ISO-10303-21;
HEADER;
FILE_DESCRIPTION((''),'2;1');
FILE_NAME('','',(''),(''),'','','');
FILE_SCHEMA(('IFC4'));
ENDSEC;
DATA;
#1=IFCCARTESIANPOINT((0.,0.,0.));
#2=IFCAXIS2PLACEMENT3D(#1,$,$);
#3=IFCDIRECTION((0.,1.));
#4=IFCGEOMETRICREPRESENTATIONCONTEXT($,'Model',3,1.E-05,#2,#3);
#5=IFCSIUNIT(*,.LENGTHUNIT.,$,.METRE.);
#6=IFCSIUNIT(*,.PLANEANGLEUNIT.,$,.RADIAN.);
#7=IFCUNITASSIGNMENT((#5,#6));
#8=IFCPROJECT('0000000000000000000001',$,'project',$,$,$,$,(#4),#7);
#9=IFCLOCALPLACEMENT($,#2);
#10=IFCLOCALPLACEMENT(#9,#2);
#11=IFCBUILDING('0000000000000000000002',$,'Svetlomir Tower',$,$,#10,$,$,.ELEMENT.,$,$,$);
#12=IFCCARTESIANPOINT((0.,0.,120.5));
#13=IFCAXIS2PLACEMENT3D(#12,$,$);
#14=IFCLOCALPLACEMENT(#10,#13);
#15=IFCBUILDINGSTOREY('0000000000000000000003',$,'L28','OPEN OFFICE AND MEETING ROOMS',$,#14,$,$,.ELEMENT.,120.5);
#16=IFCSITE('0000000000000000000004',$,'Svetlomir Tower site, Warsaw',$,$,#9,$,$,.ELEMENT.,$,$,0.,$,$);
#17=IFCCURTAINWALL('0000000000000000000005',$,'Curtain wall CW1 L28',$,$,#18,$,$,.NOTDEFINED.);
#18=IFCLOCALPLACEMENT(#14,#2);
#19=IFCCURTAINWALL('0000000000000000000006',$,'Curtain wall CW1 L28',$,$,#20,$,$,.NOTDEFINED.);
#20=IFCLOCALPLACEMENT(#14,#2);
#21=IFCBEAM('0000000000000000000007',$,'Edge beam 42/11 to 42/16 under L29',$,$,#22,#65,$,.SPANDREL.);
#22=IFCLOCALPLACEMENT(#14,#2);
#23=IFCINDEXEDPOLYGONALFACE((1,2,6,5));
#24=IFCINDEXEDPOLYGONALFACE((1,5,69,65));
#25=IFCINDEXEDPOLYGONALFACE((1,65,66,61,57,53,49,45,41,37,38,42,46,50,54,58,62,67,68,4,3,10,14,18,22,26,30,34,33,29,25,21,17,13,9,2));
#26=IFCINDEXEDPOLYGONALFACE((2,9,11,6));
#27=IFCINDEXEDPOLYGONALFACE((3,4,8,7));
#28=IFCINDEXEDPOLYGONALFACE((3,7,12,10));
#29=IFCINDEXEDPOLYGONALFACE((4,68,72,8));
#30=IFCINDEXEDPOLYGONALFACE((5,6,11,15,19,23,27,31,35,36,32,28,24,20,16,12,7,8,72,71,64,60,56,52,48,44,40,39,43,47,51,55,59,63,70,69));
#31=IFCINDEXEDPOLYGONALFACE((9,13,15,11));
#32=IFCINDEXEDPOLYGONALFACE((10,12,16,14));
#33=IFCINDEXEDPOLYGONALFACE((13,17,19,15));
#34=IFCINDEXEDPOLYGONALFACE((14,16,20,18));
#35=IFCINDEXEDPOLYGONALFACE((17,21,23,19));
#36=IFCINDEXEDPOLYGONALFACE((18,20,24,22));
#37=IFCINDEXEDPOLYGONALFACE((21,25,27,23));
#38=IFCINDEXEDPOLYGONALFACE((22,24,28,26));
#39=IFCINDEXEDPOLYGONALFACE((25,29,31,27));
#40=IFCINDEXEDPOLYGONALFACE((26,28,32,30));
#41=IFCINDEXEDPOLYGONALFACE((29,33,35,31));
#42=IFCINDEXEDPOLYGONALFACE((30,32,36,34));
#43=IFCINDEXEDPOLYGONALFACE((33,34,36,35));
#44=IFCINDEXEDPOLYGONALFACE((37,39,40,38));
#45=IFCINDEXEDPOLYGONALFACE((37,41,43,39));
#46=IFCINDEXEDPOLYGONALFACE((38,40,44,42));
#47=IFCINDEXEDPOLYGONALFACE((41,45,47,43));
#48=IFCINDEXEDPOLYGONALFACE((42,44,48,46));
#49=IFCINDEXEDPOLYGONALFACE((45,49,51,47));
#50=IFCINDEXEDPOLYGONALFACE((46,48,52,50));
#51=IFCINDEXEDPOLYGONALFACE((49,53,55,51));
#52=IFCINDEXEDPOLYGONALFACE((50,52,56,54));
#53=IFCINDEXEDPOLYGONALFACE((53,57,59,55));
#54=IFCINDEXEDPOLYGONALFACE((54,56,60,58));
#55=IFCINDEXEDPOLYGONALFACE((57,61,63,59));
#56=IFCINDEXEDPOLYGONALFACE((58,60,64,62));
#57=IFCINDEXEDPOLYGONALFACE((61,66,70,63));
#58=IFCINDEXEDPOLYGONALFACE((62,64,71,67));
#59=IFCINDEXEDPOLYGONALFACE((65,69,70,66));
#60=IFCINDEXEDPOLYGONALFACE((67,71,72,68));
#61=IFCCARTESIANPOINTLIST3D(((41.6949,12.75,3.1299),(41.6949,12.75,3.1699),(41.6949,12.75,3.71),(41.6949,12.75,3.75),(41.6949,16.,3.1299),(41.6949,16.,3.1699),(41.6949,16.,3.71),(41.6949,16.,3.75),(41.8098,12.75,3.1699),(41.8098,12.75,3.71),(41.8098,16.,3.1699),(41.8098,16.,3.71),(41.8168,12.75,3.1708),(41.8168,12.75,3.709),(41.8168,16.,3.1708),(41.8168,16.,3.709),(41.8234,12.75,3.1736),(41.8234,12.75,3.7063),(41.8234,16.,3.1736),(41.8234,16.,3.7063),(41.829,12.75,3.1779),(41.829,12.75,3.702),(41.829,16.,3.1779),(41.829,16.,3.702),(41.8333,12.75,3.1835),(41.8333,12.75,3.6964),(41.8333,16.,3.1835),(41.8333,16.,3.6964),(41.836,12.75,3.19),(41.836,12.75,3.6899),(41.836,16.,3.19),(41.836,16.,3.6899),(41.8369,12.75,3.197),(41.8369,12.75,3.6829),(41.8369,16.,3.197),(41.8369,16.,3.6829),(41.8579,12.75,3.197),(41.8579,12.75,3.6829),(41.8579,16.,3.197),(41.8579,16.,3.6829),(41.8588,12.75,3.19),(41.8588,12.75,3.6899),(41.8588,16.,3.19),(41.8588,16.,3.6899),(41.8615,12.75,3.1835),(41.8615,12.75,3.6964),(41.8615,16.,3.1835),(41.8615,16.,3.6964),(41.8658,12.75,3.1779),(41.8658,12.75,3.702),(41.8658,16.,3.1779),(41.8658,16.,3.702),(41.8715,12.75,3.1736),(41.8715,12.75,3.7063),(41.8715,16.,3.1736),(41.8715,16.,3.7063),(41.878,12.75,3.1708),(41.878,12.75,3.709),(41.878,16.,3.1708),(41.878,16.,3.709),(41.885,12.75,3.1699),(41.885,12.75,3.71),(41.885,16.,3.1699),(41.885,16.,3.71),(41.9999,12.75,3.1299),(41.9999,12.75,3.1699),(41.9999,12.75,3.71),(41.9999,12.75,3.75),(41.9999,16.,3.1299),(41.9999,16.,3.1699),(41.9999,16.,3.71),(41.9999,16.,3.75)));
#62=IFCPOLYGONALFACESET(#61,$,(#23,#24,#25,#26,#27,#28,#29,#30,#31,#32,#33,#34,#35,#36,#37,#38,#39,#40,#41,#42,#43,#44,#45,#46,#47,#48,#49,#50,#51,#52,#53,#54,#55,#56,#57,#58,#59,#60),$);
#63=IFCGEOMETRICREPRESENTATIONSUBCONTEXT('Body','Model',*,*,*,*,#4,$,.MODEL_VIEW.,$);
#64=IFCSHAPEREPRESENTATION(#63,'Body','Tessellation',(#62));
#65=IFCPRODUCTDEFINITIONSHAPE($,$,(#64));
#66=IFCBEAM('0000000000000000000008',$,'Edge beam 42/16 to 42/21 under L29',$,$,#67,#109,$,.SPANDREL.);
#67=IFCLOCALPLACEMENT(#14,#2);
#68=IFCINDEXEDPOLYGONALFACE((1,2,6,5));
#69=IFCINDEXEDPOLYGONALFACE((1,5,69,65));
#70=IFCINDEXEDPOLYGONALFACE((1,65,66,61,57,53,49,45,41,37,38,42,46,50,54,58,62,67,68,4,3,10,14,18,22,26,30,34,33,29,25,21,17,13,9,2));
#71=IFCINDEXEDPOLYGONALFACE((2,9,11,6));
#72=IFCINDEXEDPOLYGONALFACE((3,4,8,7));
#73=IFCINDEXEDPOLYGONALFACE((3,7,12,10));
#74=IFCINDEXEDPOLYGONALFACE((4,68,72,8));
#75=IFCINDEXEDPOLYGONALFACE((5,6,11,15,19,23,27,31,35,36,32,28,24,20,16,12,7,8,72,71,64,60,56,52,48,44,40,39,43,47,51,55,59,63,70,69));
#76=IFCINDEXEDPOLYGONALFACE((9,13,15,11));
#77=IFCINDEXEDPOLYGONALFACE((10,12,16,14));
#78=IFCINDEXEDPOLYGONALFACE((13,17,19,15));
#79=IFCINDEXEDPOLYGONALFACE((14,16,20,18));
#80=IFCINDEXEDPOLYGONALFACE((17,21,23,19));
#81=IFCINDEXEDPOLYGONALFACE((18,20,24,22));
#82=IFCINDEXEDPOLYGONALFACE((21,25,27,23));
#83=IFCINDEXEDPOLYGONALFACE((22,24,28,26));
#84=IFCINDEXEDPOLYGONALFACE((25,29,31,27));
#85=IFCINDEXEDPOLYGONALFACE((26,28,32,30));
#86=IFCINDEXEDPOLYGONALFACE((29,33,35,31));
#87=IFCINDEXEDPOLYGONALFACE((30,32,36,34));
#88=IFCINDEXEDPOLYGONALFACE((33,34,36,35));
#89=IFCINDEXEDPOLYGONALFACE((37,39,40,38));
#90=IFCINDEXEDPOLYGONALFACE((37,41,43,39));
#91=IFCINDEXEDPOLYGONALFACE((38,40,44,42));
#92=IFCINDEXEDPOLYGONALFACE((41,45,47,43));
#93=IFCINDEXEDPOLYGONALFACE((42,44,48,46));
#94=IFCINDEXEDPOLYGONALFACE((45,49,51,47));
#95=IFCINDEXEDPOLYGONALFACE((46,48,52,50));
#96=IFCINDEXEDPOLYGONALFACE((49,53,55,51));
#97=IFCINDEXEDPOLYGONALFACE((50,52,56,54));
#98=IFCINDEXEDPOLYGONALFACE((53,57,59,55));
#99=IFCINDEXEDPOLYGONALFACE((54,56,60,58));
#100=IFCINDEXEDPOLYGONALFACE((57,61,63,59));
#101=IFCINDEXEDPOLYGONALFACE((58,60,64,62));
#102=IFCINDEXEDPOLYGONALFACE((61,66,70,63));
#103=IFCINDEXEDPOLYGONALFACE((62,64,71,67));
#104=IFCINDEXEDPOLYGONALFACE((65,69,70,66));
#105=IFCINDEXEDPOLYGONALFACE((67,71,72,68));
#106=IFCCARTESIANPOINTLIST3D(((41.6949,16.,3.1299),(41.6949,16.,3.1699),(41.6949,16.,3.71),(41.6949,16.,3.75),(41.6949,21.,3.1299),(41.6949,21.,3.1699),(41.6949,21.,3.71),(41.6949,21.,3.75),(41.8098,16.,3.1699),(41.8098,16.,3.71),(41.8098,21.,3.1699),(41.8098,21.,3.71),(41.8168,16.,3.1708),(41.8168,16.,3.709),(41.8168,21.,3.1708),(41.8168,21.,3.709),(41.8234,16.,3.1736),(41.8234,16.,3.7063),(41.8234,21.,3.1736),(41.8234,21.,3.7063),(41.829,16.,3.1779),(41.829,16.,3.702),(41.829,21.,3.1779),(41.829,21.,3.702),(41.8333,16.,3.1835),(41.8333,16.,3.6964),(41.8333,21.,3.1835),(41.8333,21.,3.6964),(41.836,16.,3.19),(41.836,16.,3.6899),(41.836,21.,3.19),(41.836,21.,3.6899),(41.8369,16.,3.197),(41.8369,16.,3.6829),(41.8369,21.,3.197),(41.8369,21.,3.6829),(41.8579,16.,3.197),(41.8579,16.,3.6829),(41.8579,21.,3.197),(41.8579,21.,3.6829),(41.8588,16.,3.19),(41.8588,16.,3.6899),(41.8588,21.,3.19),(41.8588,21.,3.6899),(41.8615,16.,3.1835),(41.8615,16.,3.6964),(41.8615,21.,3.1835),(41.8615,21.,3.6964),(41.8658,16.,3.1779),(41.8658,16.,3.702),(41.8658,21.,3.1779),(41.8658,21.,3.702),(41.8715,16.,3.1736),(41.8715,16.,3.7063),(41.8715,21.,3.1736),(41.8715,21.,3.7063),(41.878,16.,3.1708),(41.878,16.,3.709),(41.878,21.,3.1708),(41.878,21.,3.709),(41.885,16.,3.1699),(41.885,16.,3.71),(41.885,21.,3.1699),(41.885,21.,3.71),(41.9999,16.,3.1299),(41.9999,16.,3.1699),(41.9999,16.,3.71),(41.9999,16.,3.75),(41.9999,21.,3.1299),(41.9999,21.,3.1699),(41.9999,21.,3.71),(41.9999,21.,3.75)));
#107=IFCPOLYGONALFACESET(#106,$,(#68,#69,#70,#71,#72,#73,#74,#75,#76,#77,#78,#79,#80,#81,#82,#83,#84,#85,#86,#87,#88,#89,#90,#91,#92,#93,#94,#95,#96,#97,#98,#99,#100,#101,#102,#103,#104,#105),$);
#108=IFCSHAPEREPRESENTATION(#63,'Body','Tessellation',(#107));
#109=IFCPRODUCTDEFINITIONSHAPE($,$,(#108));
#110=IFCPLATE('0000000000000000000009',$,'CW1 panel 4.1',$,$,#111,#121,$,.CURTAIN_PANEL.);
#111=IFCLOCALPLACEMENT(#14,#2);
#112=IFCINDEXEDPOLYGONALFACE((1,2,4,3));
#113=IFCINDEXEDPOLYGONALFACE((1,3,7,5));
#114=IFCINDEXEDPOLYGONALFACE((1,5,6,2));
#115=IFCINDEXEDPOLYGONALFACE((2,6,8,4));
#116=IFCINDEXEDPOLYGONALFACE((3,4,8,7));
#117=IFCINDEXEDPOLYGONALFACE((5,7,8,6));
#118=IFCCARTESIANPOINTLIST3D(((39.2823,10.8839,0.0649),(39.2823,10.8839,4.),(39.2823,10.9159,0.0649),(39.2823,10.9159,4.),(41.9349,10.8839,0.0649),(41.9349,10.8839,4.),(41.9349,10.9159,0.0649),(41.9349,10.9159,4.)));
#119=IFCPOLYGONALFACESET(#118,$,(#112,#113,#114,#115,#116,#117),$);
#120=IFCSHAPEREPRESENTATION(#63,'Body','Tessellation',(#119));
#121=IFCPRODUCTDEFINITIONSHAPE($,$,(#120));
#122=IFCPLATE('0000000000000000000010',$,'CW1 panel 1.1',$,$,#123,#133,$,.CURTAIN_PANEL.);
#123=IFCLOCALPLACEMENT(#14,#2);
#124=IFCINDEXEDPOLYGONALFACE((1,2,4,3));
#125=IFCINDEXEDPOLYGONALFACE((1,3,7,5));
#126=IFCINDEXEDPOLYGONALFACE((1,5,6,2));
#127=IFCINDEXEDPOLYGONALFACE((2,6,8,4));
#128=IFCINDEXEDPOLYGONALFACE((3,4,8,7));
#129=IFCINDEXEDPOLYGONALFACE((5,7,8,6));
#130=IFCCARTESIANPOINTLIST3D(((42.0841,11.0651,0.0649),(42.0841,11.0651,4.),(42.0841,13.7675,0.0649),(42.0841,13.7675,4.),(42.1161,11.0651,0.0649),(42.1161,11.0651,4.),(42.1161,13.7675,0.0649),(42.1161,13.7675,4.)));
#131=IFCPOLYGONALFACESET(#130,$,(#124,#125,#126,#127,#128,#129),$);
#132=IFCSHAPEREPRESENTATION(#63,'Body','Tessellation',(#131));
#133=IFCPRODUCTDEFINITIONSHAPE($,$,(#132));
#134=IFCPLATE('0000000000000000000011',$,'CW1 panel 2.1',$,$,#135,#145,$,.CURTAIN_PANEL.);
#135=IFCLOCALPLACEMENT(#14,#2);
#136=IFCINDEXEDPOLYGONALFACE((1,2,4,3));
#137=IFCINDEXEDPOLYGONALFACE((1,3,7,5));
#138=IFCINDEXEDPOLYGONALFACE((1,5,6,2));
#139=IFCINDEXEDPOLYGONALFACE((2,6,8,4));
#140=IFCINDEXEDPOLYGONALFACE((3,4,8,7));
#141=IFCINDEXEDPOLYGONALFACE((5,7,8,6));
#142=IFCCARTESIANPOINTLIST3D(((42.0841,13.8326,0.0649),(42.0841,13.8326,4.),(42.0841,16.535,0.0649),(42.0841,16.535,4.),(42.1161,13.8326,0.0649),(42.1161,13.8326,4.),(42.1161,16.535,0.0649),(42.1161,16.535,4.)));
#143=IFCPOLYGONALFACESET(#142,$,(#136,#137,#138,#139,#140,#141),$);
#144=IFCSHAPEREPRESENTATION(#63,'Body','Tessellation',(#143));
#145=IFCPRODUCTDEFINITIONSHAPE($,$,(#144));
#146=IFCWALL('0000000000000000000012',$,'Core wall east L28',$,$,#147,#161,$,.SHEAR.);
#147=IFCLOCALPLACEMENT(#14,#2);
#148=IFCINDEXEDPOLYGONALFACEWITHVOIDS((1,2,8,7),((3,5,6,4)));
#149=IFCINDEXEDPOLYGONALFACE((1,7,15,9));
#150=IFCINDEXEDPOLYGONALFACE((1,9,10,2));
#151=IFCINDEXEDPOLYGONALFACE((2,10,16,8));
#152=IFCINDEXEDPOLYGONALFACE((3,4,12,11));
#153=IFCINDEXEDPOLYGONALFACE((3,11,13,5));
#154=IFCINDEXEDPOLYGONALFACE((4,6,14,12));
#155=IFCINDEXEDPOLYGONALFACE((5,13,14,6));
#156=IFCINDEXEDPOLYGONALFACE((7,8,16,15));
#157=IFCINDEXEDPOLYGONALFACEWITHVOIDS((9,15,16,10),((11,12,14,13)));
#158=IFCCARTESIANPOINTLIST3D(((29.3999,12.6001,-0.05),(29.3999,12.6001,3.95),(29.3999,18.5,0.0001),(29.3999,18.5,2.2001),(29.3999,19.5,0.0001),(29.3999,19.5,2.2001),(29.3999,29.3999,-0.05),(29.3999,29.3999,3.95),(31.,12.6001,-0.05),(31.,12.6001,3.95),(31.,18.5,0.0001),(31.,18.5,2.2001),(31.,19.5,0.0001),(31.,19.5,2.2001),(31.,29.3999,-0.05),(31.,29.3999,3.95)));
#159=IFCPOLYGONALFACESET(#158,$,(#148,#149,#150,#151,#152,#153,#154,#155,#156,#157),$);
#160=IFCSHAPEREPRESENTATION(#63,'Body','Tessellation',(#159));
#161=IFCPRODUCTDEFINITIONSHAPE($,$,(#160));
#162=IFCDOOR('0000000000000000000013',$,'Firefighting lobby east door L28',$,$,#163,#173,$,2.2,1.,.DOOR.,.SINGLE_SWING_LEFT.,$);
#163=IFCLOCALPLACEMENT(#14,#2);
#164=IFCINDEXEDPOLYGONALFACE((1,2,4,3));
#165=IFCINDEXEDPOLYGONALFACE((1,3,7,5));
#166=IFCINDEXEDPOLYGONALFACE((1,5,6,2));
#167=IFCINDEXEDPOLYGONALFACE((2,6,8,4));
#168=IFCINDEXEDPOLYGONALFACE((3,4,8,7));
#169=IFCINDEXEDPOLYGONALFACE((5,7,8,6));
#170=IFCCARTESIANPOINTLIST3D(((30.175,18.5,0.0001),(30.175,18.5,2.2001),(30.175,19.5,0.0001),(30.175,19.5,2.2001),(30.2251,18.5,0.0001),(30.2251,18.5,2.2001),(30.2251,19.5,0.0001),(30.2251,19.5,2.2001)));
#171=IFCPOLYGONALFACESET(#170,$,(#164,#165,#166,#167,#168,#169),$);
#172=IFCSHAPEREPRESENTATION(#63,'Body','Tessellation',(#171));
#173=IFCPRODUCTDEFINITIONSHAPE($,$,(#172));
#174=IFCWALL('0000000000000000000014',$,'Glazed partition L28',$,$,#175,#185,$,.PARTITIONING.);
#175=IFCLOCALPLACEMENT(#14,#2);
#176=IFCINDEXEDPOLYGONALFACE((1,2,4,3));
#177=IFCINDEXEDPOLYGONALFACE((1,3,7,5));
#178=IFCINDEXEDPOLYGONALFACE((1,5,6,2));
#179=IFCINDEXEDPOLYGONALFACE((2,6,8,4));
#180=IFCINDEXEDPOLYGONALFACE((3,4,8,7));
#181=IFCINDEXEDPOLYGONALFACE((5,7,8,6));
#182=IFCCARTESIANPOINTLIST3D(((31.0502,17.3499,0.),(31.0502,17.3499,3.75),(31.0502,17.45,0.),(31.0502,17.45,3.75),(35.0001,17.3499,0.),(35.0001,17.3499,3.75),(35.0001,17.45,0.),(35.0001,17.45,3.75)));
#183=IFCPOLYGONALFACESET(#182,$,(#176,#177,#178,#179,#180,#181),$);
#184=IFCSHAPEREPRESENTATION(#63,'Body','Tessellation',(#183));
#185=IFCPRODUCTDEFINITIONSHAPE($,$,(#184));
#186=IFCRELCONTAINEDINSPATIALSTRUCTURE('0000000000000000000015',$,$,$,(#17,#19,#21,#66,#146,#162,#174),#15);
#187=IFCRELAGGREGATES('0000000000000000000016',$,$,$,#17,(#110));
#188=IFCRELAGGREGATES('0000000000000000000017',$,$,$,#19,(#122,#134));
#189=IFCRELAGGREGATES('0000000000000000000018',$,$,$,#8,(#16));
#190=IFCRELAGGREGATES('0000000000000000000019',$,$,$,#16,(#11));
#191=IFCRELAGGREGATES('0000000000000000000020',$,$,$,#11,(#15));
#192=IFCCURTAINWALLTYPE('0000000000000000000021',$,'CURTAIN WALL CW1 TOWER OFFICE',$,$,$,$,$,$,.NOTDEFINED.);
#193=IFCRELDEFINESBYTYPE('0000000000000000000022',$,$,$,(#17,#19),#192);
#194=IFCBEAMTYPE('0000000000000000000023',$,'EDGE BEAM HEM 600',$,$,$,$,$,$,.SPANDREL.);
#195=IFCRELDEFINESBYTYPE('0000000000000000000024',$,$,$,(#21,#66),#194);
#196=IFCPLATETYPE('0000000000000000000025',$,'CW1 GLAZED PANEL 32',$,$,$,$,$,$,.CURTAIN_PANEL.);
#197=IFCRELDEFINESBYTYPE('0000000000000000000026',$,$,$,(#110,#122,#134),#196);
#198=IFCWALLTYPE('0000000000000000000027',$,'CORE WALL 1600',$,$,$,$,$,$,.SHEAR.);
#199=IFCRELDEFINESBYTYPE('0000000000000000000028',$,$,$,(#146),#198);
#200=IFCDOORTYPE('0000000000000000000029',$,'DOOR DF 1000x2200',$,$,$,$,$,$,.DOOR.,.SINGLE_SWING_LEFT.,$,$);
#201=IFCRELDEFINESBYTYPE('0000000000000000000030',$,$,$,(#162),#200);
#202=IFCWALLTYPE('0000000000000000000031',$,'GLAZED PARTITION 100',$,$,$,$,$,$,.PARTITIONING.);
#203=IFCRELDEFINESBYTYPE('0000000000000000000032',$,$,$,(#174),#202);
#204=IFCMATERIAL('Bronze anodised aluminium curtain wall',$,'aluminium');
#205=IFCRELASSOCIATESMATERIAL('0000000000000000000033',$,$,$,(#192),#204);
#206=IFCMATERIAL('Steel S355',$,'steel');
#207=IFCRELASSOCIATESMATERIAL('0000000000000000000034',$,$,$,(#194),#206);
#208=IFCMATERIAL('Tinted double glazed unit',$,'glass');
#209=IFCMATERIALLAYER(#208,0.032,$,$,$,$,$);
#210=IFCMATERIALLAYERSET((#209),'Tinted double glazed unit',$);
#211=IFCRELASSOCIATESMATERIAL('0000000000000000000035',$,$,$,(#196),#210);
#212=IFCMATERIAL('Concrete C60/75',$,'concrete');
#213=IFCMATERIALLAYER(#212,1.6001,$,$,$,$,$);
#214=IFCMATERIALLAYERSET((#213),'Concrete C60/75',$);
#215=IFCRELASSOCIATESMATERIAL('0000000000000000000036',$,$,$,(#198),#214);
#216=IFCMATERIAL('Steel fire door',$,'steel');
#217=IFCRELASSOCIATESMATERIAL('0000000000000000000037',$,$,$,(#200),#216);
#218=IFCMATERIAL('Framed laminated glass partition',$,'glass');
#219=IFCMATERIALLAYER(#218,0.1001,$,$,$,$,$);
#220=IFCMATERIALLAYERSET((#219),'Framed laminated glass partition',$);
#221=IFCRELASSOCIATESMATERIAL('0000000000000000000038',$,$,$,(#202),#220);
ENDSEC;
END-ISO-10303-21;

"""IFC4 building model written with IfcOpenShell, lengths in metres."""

from ifc_helpers import new_model, si_unit, direction, frame, frame_2d, origin, origin_2d, place, context, subcontext, project, spatial, rectangle, i_section, extrude, material, layer, layer_set, material_profile, profile_set, type_object, element, fill, aggregate, save


model = new_model("IFC4")

# Units and contexts
model_context = context("Model", 3, precision=1e-05, world=origin(), true_north=direction((0.0, 1.0)))
body_context = subcontext(model_context, "Body", "Model", "MODEL_VIEW")
ifc_project = project(units=[si_unit("LENGTHUNIT", "METRE"), si_unit("PLANEANGLEUNIT", "RADIAN")], contexts=[model_context])

# Site, building, storey
site_placement = place(None, origin())
site = spatial("IfcSite", under=ifc_project, at=site_placement, Name="Svetlomir Tower site, Warsaw", CompositionType="ELEMENT", RefElevation=0.0)
building_placement = place(site_placement, origin())
building = spatial("IfcBuilding", under=site, at=building_placement, Name="Svetlomir Tower", CompositionType="ELEMENT")
storey_placement = place(building_placement, frame((0.0, 0.0, 120.5)))
storey = spatial("IfcBuildingStorey", under=building, at=storey_placement, Name="L28", Description="OPEN OFFICE AND MEETING ROOMS", CompositionType="ELEMENT", Elevation=120.5)

# Curtain wall
ifc_material_1 = material(Name="Bronze anodised aluminium curtain wall", Category="aluminium")
curtain_wall_type = type_object("IfcCurtainWallType", Name="CURTAIN WALL CW1 TOWER OFFICE", PredefinedType="NOTDEFINED", material=ifc_material_1)
curtain_wall_1_placement = place(storey_placement, origin())
curtain_wall_1 = element("IfcCurtainWall", 1, at=curtain_wall_1_placement, inside=storey, type_object=curtain_wall_type, Name="Curtain wall CW1 L28", PredefinedType="NOTDEFINED")

# Curtain wall
curtain_wall_2_placement = place(storey_placement, origin())
curtain_wall_2 = element("IfcCurtainWall", 2, at=curtain_wall_2_placement, inside=storey, type_object=curtain_wall_type, Name="Curtain wall CW1 L28", PredefinedType="NOTDEFINED")

# Beams
ifc_material_2 = material(Name="Steel S355", Category="steel")
ifc_material_profile_1 = material_profile(ifc_material_2, i_section(OverallWidth=0.3049, OverallDepth=0.6201, WebThickness=0.021, FlangeThickness=0.04, FilletRadius=0.0271, at=origin_2d()), Name="HEM 600")
ifc_profile_set_1 = profile_set([ifc_material_profile_1], Name="Steel S355")
beam_type_1 = type_object("IfcBeamType", Name="EDGE BEAM HEM 600", PredefinedType="SPANDREL", material=ifc_profile_set_1)
beam_1_placement = place(storey_placement, frame((41.8474, 12.75, 3.4399), z_axis=(0.0, 1.0, 0.0), x_axis=(-1.0, 0.0, 0.0)))
element("IfcBeam", 3, at=beam_1_placement, inside=storey, type_object=beam_type_1, Name="Edge beam 42/11 to 42/16 under L29", PredefinedType="SPANDREL", context=body_context, shape_type="SweptSolid", body=[
    extrude(i_section(OverallWidth=0.3049, OverallDepth=0.6201, WebThickness=0.021, FlangeThickness=0.04, FilletRadius=0.0271, at=origin_2d()), origin(), (0.0, 0.0, 1.0), 3.25),
])
beam_2_placement = place(storey_placement, frame((41.8474, 16.0, 3.4399), z_axis=(0.0, 1.0, 0.0), x_axis=(-1.0, 0.0, 0.0)))
element("IfcBeam", 4, at=beam_2_placement, inside=storey, type_object=beam_type_1, Name="Edge beam 42/16 to 42/21 under L29", PredefinedType="SPANDREL", context=body_context, shape_type="SweptSolid", body=[
    extrude(i_section(OverallWidth=0.3049, OverallDepth=0.6201, WebThickness=0.021, FlangeThickness=0.04, FilletRadius=0.0271, at=origin_2d()), origin(), (0.0, 0.0, 1.0), 5.0),
])

# Plates
ifc_material_3 = material(Name="Tinted double glazed unit", Category="glass")
ifc_layer_1 = layer(ifc_material_3, 0.032)
ifc_layer_set_1 = layer_set([ifc_layer_1], Name="Tinted double glazed unit")
plate_type = type_object("IfcPlateType", Name="CW1 GLAZED PANEL 32", PredefinedType="CURTAIN_PANEL", material=ifc_layer_set_1)
plate_1_placement = place(storey_placement, frame((40.6086, 10.8999, 0.0649), z_axis=(0.0, 0.0, 1.0), x_axis=(1.0, 0.0, 0.0)))
plate_1 = element("IfcPlate", 5, at=plate_1_placement, type_object=plate_type, Name="CW1 panel 4.1", PredefinedType="CURTAIN_PANEL", context=body_context, shape_type="SweptSolid", body=[
    extrude(rectangle(XDim=2.6526, YDim=0.032, at=origin_2d()), origin(), (0.0, 0.0, 1.0), 3.9351),
])
aggregate(curtain_wall_1, [plate_1])
plate_2_placement = place(storey_placement, frame((42.1001, 12.4163, 0.0649), z_axis=(0.0, 0.0, 1.0), x_axis=(0.0, 1.0, 0.0)))
plate_2 = element("IfcPlate", 6, at=plate_2_placement, type_object=plate_type, Name="CW1 panel 1.1", PredefinedType="CURTAIN_PANEL", context=body_context, shape_type="SweptSolid", body=[
    extrude(rectangle(XDim=2.7024, YDim=0.032, at=origin_2d()), origin(), (0.0, 0.0, 1.0), 3.9351),
])
plate_3_placement = place(storey_placement, frame((42.1001, 15.1838, 0.0649), z_axis=(0.0, 0.0, 1.0), x_axis=(0.0, 1.0, 0.0)))
plate_3 = element("IfcPlate", 7, at=plate_3_placement, type_object=plate_type, Name="CW1 panel 2.1", PredefinedType="CURTAIN_PANEL", context=body_context, shape_type="SweptSolid", body=[
    extrude(rectangle(XDim=2.7024, YDim=0.032, at=origin_2d()), origin(), (0.0, 0.0, 1.0), 3.9351),
])
aggregate(curtain_wall_2, [plate_2, plate_3])

# Wall, opening, door
ifc_material_4 = material(Name="Concrete C60/75", Category="concrete")
ifc_layer_2 = layer(ifc_material_4, 1.6001)
ifc_layer_set_2 = layer_set([ifc_layer_2], Name="Concrete C60/75")
wall_type_1 = type_object("IfcWallType", Name="CORE WALL 1600", PredefinedType="SHEAR", material=ifc_layer_set_2)
wall_1_placement = place(storey_placement, frame((30.2, 12.6001, -0.05), z_axis=(0.0, 0.0, 1.0), x_axis=(0.0, 1.0, 0.0)))
wall_1 = element("IfcWall", 8, at=wall_1_placement, inside=storey, type_object=wall_type_1, Name="Core wall east L28", PredefinedType="SHEAR", context=body_context, shape_type="SweptSolid", body=[
    extrude(rectangle(XDim=16.7998, YDim=1.6001, at=frame_2d((8.3999, 0.0))), origin(), (0.0, 0.0, 1.0), 4.0),
])
opening_1_placement = place(wall_1_placement, frame((5.8999, 0.0, 0.05)))
opening_1 = element("IfcOpeningElement", 9, at=opening_1_placement, cuts=wall_1, PredefinedType="OPENING", context=body_context, shape_type="SweptSolid", body=[
    extrude(rectangle(XDim=1.0, YDim=2.2, at=frame_2d((0.5, 1.1001))), frame((0.0, 0.8101, 0.0), z_axis=(0.0, -1.0, 0.0), x_axis=(1.0, 0.0, 0.0)), (0.0, 0.0, 1.0), 1.6201),
])
ifc_material_5 = material(Name="Steel fire door", Category="steel")
door_type_1 = type_object("IfcDoorType", Name="DOOR DF 1000x2200", OperationType="SINGLE_SWING_LEFT", PredefinedType="DOOR", material=ifc_material_5)
door_1_placement = place(opening_1_placement, origin())
door_1 = element("IfcDoor", 10, at=door_1_placement, inside=storey, type_object=door_type_1, Name="Firefighting lobby east door L28", OperationType="SINGLE_SWING_LEFT", OverallHeight=2.2, OverallWidth=1.0, PredefinedType="DOOR", context=body_context, shape_type="SweptSolid", body=[
    extrude(rectangle(XDim=1.0, YDim=2.2, at=frame_2d((0.5, 1.1001))), frame((0.0, 0.0249, 0.0), z_axis=(0.0, -1.0, 0.0), x_axis=(1.0, 0.0, 0.0)), (0.0, 0.0, 1.0), 0.05),
])
fill(opening_1, door_1)

# Wall
ifc_material_6 = material(Name="Framed laminated glass partition", Category="glass")
ifc_layer_3 = layer(ifc_material_6, 0.1001)
ifc_layer_set_3 = layer_set([ifc_layer_3], Name="Framed laminated glass partition")
wall_type_2 = type_object("IfcWallType", Name="GLAZED PARTITION 100", PredefinedType="PARTITIONING", material=ifc_layer_set_3)
wall_2_placement = place(storey_placement, frame((31.05, 17.3999, 0.0), z_axis=(0.0, 0.0, 1.0), x_axis=(1.0, 0.0, 0.0)))
element("IfcWall", 11, at=wall_2_placement, inside=storey, type_object=wall_type_2, Name="Glazed partition L28", PredefinedType="PARTITIONING", context=body_context, shape_type="SweptSolid", body=[
    extrude(rectangle(XDim=3.95, YDim=0.1001, at=frame_2d((1.9751, 0.0))), origin(), (0.0, 0.0, 1.0), 3.75),
])

save(model, "model.ifc")
